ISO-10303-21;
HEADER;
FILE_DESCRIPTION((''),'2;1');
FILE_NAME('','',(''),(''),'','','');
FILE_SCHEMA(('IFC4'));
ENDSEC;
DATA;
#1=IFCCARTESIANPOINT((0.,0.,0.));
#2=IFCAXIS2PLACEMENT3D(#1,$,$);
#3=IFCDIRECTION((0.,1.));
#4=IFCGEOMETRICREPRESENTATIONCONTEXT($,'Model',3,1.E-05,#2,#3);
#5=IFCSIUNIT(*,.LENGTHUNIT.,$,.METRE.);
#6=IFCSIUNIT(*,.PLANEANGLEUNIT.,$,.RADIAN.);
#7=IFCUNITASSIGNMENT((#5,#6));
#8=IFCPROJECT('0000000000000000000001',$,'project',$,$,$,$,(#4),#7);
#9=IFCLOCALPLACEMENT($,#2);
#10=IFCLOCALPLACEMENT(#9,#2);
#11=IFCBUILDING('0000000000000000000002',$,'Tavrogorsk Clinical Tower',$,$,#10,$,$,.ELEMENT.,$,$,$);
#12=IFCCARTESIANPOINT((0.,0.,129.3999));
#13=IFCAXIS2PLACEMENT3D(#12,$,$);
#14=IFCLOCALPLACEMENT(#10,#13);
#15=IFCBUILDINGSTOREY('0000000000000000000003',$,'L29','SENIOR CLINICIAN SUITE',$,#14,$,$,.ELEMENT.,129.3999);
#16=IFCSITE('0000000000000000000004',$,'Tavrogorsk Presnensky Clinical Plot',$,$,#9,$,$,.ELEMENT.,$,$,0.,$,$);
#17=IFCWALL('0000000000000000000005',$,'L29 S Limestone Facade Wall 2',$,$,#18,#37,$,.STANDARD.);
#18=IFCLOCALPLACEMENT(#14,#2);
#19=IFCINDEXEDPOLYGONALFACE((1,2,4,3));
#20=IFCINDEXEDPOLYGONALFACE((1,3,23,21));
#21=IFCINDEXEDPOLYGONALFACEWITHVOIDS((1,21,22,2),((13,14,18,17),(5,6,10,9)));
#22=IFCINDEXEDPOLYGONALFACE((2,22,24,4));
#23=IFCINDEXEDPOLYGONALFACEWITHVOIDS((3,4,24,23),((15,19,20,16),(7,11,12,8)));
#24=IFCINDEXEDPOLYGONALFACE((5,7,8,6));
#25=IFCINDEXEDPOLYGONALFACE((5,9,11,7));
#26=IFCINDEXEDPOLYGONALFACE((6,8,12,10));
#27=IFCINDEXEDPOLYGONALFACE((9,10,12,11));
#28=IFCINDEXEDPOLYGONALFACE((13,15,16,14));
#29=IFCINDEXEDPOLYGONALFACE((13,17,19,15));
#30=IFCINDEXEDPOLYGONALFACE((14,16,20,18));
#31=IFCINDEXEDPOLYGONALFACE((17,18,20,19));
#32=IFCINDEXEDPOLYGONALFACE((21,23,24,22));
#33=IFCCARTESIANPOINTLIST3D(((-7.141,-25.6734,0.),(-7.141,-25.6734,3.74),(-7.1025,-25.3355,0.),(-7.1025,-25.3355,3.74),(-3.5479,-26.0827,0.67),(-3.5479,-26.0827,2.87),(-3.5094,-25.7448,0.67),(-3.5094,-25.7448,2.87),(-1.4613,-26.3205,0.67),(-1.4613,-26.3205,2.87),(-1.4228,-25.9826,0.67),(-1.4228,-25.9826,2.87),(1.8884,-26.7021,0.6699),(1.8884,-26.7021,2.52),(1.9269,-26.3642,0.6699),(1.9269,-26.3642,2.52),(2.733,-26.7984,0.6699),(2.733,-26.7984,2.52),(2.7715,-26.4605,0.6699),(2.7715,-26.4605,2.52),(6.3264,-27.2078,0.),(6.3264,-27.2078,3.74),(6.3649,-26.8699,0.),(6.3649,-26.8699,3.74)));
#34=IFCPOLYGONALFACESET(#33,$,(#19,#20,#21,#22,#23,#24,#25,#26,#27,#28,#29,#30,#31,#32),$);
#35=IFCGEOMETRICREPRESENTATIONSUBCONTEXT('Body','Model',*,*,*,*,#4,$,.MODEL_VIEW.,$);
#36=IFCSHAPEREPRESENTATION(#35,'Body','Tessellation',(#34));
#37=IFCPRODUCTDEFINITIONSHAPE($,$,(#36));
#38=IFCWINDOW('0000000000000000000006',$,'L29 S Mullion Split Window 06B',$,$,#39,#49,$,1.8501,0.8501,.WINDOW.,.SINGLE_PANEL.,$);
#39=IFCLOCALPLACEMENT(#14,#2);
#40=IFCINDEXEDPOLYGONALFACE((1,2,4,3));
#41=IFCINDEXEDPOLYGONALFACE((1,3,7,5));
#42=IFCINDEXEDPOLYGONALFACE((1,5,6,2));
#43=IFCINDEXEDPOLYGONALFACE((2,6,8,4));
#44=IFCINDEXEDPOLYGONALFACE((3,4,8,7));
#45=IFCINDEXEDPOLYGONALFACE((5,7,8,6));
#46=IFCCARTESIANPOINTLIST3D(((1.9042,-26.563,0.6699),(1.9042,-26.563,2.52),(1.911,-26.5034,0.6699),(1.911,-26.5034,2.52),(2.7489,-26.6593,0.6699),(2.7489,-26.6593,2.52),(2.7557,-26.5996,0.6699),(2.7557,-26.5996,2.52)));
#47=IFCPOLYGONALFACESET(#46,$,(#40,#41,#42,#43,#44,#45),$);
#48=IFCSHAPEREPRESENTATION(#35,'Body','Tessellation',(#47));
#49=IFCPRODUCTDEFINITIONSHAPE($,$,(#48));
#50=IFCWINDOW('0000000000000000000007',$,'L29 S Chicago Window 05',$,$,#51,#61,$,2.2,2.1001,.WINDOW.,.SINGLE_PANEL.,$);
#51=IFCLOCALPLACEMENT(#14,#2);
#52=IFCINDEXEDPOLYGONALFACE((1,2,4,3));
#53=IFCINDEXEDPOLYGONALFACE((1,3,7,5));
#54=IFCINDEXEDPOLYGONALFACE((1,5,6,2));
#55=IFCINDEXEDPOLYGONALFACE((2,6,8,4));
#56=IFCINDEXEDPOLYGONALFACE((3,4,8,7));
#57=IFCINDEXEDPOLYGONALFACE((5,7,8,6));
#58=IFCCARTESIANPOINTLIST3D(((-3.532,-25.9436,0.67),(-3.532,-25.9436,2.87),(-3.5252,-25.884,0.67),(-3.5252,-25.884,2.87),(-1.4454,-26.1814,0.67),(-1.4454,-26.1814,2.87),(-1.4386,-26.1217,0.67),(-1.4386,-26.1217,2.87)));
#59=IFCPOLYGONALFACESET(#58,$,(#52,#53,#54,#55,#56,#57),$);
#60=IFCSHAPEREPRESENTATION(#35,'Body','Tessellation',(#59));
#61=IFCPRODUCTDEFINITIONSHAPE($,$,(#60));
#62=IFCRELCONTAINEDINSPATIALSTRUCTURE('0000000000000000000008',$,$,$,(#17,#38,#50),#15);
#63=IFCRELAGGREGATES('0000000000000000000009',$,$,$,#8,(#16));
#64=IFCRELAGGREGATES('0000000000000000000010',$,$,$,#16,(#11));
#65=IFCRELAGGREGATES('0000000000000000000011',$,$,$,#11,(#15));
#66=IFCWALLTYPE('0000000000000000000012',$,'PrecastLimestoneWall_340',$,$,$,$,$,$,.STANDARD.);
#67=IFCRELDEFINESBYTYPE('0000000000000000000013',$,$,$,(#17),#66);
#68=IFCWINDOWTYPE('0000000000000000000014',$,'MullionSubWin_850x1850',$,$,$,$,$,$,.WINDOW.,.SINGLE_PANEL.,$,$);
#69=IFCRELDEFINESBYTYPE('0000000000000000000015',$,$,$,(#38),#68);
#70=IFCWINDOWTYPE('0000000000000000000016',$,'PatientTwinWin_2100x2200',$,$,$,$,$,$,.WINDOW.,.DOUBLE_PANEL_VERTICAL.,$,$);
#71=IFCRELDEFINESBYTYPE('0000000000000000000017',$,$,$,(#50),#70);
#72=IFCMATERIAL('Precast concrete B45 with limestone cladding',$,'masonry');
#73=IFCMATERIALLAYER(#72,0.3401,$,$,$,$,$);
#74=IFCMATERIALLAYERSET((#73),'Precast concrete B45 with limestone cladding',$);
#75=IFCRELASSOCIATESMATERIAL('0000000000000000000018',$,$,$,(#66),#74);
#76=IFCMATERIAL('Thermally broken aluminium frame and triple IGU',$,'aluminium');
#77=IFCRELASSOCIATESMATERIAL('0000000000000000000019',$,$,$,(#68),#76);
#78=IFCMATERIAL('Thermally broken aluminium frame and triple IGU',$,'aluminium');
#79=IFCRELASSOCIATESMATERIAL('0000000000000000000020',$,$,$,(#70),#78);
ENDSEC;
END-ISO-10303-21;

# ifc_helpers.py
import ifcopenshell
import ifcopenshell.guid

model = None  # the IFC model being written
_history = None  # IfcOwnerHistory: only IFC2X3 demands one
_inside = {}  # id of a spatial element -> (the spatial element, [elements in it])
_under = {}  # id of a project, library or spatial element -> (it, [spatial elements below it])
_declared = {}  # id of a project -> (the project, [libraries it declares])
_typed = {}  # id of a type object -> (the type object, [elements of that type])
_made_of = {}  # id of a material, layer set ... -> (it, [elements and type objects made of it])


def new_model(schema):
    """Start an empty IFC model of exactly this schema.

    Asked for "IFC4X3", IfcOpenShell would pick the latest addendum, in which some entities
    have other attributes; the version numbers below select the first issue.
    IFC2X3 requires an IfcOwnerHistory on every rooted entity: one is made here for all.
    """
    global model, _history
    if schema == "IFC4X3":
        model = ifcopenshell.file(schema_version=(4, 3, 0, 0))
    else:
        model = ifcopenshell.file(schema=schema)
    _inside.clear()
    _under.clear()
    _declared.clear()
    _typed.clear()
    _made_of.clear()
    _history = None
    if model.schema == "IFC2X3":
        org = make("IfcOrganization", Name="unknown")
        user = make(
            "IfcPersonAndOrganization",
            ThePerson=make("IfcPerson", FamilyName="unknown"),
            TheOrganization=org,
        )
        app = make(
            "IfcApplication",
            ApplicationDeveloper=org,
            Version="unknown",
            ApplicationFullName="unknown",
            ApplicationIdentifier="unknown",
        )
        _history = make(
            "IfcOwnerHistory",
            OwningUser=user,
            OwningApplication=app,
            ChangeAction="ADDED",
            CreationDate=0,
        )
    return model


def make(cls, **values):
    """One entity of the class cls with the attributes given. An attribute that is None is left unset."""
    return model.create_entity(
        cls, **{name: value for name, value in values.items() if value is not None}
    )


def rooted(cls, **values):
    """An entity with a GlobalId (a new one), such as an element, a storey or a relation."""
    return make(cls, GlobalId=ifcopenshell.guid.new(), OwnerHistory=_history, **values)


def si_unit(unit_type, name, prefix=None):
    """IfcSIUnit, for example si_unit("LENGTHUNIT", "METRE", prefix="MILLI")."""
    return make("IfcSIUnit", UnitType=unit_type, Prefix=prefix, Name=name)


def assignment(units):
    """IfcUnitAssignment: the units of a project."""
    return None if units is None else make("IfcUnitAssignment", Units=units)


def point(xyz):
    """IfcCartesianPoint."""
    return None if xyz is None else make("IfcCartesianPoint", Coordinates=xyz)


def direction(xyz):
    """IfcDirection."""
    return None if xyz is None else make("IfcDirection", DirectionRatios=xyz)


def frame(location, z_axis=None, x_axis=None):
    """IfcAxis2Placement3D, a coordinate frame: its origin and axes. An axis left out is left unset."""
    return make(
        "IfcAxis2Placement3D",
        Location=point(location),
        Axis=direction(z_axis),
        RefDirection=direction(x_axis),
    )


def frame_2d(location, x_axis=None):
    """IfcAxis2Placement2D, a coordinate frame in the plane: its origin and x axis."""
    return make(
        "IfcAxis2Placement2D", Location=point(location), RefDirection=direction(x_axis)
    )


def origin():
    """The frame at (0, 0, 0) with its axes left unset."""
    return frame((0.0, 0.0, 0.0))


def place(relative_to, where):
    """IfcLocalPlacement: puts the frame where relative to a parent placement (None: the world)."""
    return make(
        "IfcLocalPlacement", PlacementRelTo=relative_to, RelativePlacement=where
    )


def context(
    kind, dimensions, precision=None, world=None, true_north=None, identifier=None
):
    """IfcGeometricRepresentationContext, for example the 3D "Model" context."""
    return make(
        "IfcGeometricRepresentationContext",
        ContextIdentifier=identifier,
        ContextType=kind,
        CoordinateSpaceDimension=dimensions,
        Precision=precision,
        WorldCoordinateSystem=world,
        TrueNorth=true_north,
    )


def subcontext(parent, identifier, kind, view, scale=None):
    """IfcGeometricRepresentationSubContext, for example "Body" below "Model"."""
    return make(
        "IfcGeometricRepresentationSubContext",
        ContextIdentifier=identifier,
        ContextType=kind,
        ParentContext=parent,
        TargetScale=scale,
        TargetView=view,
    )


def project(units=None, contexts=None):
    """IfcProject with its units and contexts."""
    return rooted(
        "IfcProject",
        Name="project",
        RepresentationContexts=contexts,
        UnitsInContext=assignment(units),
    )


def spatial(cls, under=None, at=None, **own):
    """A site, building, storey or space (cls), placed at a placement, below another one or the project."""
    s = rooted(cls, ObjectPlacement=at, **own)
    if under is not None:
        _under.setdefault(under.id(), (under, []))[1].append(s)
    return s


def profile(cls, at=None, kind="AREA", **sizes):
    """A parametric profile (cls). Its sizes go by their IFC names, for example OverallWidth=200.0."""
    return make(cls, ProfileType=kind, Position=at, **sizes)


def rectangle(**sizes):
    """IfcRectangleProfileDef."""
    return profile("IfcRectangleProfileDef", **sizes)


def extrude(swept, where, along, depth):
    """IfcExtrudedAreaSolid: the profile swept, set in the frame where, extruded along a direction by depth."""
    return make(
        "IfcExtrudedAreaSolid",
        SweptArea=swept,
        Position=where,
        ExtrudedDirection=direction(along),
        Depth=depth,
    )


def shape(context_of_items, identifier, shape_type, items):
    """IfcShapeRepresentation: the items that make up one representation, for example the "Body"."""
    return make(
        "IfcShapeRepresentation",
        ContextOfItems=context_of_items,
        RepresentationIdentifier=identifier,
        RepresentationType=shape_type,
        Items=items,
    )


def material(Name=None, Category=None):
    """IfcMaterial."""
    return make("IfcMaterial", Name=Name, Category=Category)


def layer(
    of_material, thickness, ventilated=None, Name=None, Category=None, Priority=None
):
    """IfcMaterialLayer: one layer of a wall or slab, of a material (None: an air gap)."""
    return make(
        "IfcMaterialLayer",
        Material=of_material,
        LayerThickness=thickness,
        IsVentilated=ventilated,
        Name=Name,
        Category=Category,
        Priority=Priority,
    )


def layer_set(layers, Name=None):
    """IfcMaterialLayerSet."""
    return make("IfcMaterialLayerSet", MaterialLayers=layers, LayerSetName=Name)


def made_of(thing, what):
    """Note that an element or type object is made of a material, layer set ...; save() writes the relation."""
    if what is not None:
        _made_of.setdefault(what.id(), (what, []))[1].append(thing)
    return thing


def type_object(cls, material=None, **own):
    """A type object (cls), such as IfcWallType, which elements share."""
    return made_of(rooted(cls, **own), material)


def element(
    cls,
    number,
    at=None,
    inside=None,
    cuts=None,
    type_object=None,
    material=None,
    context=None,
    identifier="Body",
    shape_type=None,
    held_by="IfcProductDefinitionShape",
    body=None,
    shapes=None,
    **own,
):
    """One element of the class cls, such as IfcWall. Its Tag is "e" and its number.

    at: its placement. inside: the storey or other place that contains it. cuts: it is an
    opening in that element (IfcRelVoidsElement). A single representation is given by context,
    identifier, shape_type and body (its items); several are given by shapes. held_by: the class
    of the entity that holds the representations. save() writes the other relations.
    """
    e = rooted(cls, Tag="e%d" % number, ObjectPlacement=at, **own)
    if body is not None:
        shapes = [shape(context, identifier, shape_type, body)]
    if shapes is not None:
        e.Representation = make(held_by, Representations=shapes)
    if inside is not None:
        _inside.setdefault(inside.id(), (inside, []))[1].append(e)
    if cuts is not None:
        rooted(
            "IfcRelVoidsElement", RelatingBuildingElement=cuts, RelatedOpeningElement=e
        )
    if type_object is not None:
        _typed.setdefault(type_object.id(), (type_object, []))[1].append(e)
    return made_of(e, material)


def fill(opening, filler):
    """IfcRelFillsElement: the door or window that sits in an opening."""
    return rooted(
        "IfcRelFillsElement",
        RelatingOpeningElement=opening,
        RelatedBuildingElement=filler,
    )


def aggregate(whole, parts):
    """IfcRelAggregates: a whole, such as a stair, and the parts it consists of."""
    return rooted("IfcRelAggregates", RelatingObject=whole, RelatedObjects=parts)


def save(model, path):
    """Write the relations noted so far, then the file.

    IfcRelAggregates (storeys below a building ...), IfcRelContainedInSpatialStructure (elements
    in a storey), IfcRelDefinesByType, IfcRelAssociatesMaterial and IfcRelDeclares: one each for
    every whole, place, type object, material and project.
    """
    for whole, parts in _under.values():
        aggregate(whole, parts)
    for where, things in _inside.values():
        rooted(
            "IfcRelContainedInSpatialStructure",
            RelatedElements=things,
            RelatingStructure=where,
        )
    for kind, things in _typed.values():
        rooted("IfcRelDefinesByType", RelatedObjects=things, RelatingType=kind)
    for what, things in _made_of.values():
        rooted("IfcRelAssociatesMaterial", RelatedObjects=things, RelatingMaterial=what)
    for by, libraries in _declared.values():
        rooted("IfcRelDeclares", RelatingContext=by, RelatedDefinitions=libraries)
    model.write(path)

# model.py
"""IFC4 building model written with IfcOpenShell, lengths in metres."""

from ifc_helpers import new_model, si_unit, direction, frame, frame_2d, origin, place, context, subcontext, project, spatial, rectangle, extrude, material, layer, layer_set, type_object, element, fill, save


model = new_model("IFC4")

# Units and contexts
model_context = context("Model", 3, precision=1e-05, world=origin(), true_north=direction((0.0, 1.0)))
body_context = subcontext(model_context, "Body", "Model", "MODEL_VIEW")
ifc_project = project(units=[si_unit("LENGTHUNIT", "METRE"), si_unit("PLANEANGLEUNIT", "RADIAN")], contexts=[model_context])

# Site, building, storey
site_placement = place(None, origin())
site = spatial("IfcSite", under=ifc_project, at=site_placement, Name="Tavrogorsk Presnensky Clinical Plot", CompositionType="ELEMENT", RefElevation=0.0)
building_placement = place(site_placement, origin())
building = spatial("IfcBuilding", under=site, at=building_placement, Name="Tavrogorsk Clinical Tower", CompositionType="ELEMENT")
storey_placement = place(building_placement, frame((0.0, 0.0, 129.3999)))
storey = spatial("IfcBuildingStorey", under=building, at=storey_placement, Name="L29", Description="SENIOR CLINICIAN SUITE", CompositionType="ELEMENT", Elevation=129.3999)

# Wall, openings, windows
ifc_material_1 = material(Name="Precast concrete B45 with limestone cladding", Category="masonry")
ifc_layer_1 = layer(ifc_material_1, 0.3401)
ifc_layer_set_1 = layer_set([ifc_layer_1], Name="Precast concrete B45 with limestone cladding")
wall_type_1 = type_object("IfcWallType", Name="PrecastLimestoneWall_340", PredefinedType="STANDARD", material=ifc_layer_set_1)
wall_1_placement = place(storey_placement, frame((-7.1218, -25.5044, 0.0), z_axis=(0.0, 0.0, 1.0), x_axis=(0.993572, -0.113205, 0.0)))
wall_1 = element("IfcWall", 1, at=wall_1_placement, inside=storey, type_object=wall_type_1, Name="L29 S Limestone Facade Wall 2", PredefinedType="STANDARD", context=body_context, shape_type="SweptSolid", body=[
    extrude(rectangle(XDim=13.5544, YDim=0.3401, at=frame_2d((6.7773, 0.0))), origin(), (0.0, 0.0, 1.0), 3.74),
])
opening_1_placement = place(wall_1_placement, frame((3.6165, 0.0, 0.6699)))
opening_1 = element("IfcOpeningElement", 2, at=opening_1_placement, cuts=wall_1, PredefinedType="OPENING", context=body_context, shape_type="SweptSolid", body=[
    extrude(rectangle(XDim=2.1001, YDim=2.2, at=frame_2d((1.05, 1.1001))), frame((0.0, 0.1799, 0.0), z_axis=(0.0, -1.0, 0.0), x_axis=(1.0, 0.0, 0.0)), (0.0, 0.0, 1.0), 0.3601),
])
opening_2_placement = place(wall_1_placement, frame((9.0879, 0.0, 0.6699)))
opening_2 = element("IfcOpeningElement", 3, at=opening_2_placement, cuts=wall_1, PredefinedType="OPENING", context=body_context, shape_type="SweptSolid", body=[
    extrude(rectangle(XDim=0.8501, YDim=1.8501, at=frame_2d((0.425, 0.925))), frame((0.0, 0.1799, 0.0), z_axis=(0.0, -1.0, 0.0), x_axis=(1.0, 0.0, 0.0)), (0.0, 0.0, 1.0), 0.3601),
])
ifc_material_2 = material(Name="Thermally broken aluminium frame and triple IGU", Category="aluminium")
window_type_1 = type_object("IfcWindowType", Name="MullionSubWin_850x1850", PartitioningType="SINGLE_PANEL", PredefinedType="WINDOW", material=ifc_material_2)
window_1_placement = place(opening_2_placement, origin())
window_1 = element("IfcWindow", 4, at=window_1_placement, inside=storey, type_object=window_type_1, Name="L29 S Mullion Split Window 06B", OverallHeight=1.8501, OverallWidth=0.8501, PartitioningType="SINGLE_PANEL", PredefinedType="WINDOW", context=body_context, shape_type="SweptSolid", body=[
    extrude(rectangle(XDim=0.8501, YDim=1.8501, at=frame_2d((0.425, 0.925))), frame((0.0, 0.03, 0.0), z_axis=(0.0, -1.0, 0.0), x_axis=(1.0, 0.0, 0.0)), (0.0, 0.0, 1.0), 0.0601),
])
fill(opening_2, window_1)
ifc_material_3 = material(Name="Thermally broken aluminium frame and triple IGU", Category="aluminium")
window_type_2 = type_object("IfcWindowType", Name="PatientTwinWin_2100x2200", PartitioningType="DOUBLE_PANEL_VERTICAL", PredefinedType="WINDOW", material=ifc_material_3)
window_2_placement = place(opening_1_placement, origin())
window_2 = element("IfcWindow", 5, at=window_2_placement, inside=storey, type_object=window_type_2, Name="L29 S Chicago Window 05", OverallHeight=2.2, OverallWidth=2.1001, PartitioningType="SINGLE_PANEL", PredefinedType="WINDOW", context=body_context, shape_type="SweptSolid", body=[
    extrude(rectangle(XDim=2.1001, YDim=2.2, at=frame_2d((1.05, 1.1001))), frame((0.0, 0.03, 0.0), z_axis=(0.0, -1.0, 0.0), x_axis=(1.0, 0.0, 0.0)), (0.0, 0.0, 1.0), 0.0601),
])
fill(opening_1, window_2)

save(model, "model.ifc")
